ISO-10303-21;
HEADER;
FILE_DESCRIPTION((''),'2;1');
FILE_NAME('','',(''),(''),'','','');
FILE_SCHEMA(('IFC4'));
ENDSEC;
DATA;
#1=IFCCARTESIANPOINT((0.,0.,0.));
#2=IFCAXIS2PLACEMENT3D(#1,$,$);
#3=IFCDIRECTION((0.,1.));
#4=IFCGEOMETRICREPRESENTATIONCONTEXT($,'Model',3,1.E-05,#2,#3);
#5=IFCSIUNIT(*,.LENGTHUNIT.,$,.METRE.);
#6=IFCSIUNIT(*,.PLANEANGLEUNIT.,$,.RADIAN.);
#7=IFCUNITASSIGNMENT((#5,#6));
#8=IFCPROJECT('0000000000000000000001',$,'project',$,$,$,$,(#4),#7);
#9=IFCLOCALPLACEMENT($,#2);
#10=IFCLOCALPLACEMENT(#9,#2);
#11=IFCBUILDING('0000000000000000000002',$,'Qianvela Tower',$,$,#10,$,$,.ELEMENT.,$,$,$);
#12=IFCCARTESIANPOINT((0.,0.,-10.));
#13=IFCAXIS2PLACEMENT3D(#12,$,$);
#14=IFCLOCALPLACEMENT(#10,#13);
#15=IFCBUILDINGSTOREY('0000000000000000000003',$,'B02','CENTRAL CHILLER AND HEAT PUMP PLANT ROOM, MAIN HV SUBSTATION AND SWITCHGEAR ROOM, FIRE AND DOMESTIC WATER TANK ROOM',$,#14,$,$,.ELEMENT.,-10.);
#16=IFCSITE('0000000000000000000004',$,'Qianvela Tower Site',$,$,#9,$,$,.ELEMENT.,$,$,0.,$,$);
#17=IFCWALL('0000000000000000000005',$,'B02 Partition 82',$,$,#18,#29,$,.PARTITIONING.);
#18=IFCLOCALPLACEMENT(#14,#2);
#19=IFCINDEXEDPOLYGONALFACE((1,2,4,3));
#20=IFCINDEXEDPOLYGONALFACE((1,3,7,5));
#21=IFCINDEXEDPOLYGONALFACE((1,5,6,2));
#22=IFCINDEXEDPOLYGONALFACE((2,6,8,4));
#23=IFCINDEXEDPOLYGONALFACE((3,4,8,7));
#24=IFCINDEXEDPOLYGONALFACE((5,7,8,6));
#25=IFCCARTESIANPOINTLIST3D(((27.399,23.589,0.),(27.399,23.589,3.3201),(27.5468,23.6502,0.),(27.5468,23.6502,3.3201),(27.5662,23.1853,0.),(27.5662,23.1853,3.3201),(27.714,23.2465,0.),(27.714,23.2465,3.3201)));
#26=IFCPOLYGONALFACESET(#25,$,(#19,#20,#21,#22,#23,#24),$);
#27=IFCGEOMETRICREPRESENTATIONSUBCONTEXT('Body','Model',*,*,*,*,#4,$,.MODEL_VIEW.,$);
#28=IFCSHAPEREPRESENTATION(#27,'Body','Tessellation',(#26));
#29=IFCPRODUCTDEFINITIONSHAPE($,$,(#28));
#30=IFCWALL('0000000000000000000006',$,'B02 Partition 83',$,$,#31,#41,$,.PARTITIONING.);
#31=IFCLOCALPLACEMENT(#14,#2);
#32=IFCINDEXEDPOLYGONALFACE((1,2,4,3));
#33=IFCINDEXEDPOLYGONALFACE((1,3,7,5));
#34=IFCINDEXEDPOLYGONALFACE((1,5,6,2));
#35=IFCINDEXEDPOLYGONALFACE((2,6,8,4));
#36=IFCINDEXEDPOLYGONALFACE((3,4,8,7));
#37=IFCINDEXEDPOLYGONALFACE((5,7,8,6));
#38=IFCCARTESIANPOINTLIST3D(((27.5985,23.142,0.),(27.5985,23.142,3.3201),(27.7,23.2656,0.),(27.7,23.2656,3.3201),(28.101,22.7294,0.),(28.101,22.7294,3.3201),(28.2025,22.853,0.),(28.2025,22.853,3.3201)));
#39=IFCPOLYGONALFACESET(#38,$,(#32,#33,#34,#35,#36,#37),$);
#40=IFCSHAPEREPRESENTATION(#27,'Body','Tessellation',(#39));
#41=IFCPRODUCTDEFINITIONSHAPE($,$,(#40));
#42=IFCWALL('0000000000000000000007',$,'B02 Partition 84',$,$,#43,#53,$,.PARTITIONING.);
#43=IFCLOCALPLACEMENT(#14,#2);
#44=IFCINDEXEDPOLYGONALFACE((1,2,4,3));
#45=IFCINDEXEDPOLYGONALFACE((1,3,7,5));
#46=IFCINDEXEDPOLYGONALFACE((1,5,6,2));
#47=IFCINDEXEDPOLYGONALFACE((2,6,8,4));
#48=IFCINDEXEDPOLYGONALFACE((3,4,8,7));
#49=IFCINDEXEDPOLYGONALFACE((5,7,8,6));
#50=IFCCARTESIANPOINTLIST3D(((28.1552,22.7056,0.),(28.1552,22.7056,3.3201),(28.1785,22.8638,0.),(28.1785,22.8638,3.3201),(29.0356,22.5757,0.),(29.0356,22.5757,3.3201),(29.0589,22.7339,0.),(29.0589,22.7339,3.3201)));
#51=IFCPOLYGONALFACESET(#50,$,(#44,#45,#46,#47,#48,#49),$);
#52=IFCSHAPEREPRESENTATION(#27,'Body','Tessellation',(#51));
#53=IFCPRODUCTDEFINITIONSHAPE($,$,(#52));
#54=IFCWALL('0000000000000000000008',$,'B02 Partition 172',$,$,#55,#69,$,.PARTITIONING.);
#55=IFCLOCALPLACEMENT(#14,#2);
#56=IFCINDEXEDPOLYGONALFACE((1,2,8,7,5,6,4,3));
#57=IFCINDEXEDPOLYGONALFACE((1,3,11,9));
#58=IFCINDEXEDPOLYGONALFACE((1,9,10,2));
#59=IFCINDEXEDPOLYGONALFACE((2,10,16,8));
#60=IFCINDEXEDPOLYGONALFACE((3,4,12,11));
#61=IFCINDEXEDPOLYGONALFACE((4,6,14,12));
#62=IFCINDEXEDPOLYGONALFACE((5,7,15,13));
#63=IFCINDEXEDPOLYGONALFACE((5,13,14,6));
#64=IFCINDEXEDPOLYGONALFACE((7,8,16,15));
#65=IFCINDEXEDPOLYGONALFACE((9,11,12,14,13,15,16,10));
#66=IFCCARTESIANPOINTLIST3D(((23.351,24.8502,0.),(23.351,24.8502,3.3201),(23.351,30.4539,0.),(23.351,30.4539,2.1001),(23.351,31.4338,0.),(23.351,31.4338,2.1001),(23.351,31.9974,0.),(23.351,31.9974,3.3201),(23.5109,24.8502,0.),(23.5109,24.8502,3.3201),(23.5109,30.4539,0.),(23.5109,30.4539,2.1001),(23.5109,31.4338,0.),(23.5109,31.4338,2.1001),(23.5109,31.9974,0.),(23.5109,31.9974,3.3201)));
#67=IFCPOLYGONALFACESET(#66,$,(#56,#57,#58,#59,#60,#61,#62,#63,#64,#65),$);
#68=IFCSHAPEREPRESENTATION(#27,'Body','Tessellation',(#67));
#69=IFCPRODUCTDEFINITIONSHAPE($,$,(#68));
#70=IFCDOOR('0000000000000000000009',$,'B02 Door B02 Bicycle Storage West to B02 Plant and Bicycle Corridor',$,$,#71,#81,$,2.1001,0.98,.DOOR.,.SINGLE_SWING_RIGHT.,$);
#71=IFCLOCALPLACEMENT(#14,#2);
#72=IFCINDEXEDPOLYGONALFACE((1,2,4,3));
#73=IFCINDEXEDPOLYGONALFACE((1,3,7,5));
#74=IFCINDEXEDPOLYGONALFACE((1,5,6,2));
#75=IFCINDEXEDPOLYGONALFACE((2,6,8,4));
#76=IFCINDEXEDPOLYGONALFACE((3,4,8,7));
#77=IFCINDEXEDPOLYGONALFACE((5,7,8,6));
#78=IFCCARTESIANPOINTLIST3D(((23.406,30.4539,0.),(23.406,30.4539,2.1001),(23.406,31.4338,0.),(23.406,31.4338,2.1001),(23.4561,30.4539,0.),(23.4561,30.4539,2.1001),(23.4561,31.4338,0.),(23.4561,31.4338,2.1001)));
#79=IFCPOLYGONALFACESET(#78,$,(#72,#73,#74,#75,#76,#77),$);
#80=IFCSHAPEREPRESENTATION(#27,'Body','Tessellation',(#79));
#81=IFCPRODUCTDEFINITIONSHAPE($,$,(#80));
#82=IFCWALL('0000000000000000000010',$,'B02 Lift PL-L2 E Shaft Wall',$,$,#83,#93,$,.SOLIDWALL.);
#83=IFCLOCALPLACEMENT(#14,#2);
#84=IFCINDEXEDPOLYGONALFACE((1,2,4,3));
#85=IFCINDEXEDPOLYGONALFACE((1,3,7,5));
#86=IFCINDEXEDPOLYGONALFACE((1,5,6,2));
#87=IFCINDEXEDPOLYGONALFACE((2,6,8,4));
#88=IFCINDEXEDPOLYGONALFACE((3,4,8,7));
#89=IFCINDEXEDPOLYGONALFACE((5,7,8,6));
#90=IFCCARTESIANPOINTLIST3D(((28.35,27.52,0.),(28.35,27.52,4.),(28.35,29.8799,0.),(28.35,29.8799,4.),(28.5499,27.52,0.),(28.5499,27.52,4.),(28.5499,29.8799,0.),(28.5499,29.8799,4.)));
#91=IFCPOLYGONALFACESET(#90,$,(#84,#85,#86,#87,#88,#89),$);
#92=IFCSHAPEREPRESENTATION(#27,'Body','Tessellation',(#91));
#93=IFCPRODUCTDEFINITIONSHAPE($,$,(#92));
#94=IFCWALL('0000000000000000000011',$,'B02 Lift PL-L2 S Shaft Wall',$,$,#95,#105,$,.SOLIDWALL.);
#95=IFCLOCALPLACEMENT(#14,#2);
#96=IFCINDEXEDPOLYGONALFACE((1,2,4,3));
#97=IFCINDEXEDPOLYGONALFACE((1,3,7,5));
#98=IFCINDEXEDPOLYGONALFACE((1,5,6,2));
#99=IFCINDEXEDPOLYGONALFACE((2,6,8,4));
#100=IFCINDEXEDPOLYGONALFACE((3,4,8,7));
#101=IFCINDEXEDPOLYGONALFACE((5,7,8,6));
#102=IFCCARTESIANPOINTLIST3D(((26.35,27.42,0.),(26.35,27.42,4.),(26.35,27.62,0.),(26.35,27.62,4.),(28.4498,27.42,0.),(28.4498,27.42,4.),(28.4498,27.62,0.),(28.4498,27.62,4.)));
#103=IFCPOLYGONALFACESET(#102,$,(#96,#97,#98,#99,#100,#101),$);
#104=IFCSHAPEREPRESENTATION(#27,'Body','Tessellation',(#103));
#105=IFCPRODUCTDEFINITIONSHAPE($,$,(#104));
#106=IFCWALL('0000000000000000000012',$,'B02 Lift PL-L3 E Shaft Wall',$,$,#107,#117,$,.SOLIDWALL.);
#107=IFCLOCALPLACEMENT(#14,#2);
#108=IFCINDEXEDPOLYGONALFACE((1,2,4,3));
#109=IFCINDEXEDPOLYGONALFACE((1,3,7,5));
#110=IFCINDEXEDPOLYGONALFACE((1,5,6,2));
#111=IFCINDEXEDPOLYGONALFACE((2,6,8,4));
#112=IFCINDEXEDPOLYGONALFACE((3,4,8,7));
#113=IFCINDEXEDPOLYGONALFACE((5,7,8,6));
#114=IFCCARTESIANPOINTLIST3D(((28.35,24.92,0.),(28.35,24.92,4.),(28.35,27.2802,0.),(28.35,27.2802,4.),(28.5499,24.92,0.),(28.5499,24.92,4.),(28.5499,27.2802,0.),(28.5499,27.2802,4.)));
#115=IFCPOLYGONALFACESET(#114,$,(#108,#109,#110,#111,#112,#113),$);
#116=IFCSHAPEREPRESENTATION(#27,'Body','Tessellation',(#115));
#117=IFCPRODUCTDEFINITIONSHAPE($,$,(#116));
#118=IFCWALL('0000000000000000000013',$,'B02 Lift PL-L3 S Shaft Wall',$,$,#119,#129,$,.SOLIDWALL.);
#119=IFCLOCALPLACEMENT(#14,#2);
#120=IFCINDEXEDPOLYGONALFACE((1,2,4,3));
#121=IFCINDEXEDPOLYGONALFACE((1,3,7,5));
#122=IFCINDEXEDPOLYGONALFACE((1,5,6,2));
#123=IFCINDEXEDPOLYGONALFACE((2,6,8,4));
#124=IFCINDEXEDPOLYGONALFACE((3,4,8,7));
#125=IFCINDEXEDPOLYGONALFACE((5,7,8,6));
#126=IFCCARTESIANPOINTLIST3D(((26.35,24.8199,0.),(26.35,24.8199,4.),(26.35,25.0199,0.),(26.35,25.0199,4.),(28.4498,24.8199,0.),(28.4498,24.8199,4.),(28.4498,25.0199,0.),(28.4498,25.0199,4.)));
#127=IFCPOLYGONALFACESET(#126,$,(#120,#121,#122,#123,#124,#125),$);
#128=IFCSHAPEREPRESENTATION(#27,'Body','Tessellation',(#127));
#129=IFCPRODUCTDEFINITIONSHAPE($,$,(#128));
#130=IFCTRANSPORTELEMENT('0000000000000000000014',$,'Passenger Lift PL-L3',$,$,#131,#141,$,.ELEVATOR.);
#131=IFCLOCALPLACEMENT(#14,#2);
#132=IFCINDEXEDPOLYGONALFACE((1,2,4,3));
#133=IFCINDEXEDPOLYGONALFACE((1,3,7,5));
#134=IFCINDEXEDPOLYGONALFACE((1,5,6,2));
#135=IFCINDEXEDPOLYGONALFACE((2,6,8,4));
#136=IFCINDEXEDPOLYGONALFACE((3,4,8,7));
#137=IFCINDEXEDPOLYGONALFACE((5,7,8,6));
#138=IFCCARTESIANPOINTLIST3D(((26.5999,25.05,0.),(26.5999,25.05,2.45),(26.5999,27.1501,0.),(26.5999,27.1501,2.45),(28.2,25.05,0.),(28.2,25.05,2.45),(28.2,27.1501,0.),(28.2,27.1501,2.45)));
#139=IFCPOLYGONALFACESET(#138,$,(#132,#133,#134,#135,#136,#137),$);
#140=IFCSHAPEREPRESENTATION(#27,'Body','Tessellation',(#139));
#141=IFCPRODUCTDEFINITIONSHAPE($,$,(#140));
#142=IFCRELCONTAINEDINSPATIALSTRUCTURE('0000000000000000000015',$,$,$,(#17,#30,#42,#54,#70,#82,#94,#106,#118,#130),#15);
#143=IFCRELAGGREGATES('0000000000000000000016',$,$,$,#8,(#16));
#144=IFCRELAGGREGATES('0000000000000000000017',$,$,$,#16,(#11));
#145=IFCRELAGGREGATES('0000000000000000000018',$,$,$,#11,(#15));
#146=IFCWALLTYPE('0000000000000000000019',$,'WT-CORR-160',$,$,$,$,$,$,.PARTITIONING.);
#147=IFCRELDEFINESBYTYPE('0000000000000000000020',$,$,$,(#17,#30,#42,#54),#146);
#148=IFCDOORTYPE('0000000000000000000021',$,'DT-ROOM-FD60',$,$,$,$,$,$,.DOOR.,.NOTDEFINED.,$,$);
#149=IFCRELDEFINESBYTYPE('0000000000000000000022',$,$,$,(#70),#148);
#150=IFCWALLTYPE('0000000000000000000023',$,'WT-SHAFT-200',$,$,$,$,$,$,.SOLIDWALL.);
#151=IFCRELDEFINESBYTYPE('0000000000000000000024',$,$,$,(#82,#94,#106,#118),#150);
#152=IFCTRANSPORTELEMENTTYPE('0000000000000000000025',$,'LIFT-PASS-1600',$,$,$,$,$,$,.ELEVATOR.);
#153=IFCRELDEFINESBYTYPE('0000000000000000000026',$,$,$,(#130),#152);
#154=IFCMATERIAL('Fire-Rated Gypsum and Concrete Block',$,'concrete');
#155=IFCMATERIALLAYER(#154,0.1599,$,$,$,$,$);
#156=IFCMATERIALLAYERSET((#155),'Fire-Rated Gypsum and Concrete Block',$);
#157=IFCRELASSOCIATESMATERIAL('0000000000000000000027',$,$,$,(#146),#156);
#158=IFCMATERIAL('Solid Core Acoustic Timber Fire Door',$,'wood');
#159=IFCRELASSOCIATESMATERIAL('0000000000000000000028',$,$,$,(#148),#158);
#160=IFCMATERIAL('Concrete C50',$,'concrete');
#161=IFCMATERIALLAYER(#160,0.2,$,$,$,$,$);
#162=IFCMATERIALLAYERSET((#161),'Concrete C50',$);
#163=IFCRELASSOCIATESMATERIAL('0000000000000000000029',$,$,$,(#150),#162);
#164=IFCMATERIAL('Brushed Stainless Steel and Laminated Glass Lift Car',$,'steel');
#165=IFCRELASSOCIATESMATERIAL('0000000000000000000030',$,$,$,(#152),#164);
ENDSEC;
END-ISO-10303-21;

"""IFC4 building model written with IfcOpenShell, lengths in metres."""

from ifc_helpers import new_model, si_unit, direction, frame, frame_2d, origin, origin_2d, place, context, subcontext, project, spatial, rectangle, extrude, material, layer, layer_set, type_object, element, fill, save


model = new_model("IFC4")

# Units and contexts
model_context = context("Model", 3, precision=1e-05, world=origin(), true_north=direction((0.0, 1.0)))
body_context = subcontext(model_context, "Body", "Model", "MODEL_VIEW")
ifc_project = project(units=[si_unit("LENGTHUNIT", "METRE"), si_unit("PLANEANGLEUNIT", "RADIAN")], contexts=[model_context])

# Site, building, storey
site_placement = place(None, origin())
site = spatial("IfcSite", under=ifc_project, at=site_placement, Name="Qianvela Tower Site", CompositionType="ELEMENT", RefElevation=0.0)
building_placement = place(site_placement, origin())
building = spatial("IfcBuilding", under=site, at=building_placement, Name="Qianvela Tower", CompositionType="ELEMENT")
storey_placement = place(building_placement, frame((0.0, 0.0, -10.0)))
storey = spatial("IfcBuildingStorey", under=building, at=storey_placement, Name="B02", Description="CENTRAL CHILLER AND HEAT PUMP PLANT ROOM, MAIN HV SUBSTATION AND SWITCHGEAR ROOM, FIRE AND DOMESTIC WATER TANK ROOM", CompositionType="ELEMENT", Elevation=-10.0)

# Walls
ifc_material_1 = material(Name="Fire-Rated Gypsum and Concrete Block", Category="concrete")
ifc_layer_1 = layer(ifc_material_1, 0.1599)
ifc_layer_set_1 = layer_set([ifc_layer_1], Name="Fire-Rated Gypsum and Concrete Block")
wall_type_1 = type_object("IfcWallType", Name="WT-CORR-160", PredefinedType="PARTITIONING", material=ifc_layer_set_1)
wall_1_placement = place(storey_placement, frame((27.4729, 23.6196, 0.0), z_axis=(0.0, 0.0, 1.0), x_axis=(0.382631, -0.923901, 0.0)))
element("IfcWall", 1, at=wall_1_placement, inside=storey, type_object=wall_type_1, Name="B02 Partition 82", PredefinedType="PARTITIONING", context=body_context, shape_type="SweptSolid", body=[
    extrude(rectangle(XDim=0.437, YDim=0.1599, at=frame_2d((0.2185, 0.0))), origin(), (0.0, 0.0, 1.0), 3.3201),
])
wall_2_placement = place(storey_placement, frame((27.6492, 23.2039, 0.0), z_axis=(0.0, 0.0, 1.0), x_axis=(0.772818, -0.634627, 0.0)))
element("IfcWall", 2, at=wall_2_placement, inside=storey, type_object=wall_type_1, Name="B02 Partition 83", PredefinedType="PARTITIONING", context=body_context, shape_type="SweptSolid", body=[
    extrude(rectangle(XDim=0.6501, YDim=0.1599, at=frame_2d((0.3252, 0.0))), origin(), (0.0, 0.0, 1.0), 3.3201),
])
wall_3_placement = place(storey_placement, frame((28.167, 22.7847, 0.0), z_axis=(0.0, 0.0, 1.0), x_axis=(0.989292, -0.145952, 0.0)))
element("IfcWall", 3, at=wall_3_placement, inside=storey, type_object=wall_type_1, Name="B02 Partition 84", PredefinedType="PARTITIONING", context=body_context, shape_type="SweptSolid", body=[
    extrude(rectangle(XDim=0.8899, YDim=0.1599, at=frame_2d((0.4448, 0.0))), origin(), (0.0, 0.0, 1.0), 3.3201),
])

# Wall, opening, door
wall_4_placement = place(storey_placement, frame((23.4309, 24.8501, 0.0), z_axis=(0.0, 0.0, 1.0), x_axis=(0.0, 1.0, 0.0)))
wall_4 = element("IfcWall", 4, at=wall_4_placement, inside=storey, type_object=wall_type_1, Name="B02 Partition 172", PredefinedType="PARTITIONING", context=body_context, shape_type="SweptSolid", body=[
    extrude(rectangle(XDim=7.1472, YDim=0.1599, at=frame_2d((3.5737, 0.0))), origin(), (0.0, 0.0, 1.0), 3.3201),
])
opening_1_placement = place(wall_4_placement, frame((5.6038, 0.0, 0.0)))
opening_1 = element("IfcOpeningElement", 5, at=opening_1_placement, cuts=wall_4, PredefinedType="OPENING", context=body_context, shape_type="SweptSolid", body=[
    extrude(rectangle(XDim=0.98, YDim=2.1001, at=frame_2d((0.49, 1.05))), frame((0.0, 0.0898, 0.0), z_axis=(0.0, -1.0, 0.0), x_axis=(1.0, 0.0, 0.0)), (0.0, 0.0, 1.0), 0.1799),
])
ifc_material_2 = material(Name="Solid Core Acoustic Timber Fire Door", Category="wood")
door_type_1 = type_object("IfcDoorType", Name="DT-ROOM-FD60", OperationType="NOTDEFINED", PredefinedType="DOOR", material=ifc_material_2)
door_1_placement = place(opening_1_placement, origin())
door_1 = element("IfcDoor", 6, at=door_1_placement, inside=storey, type_object=door_type_1, Name="B02 Door B02 Bicycle Storage West to B02 Plant and Bicycle Corridor", OperationType="SINGLE_SWING_RIGHT", OverallHeight=2.1001, OverallWidth=0.98, PredefinedType="DOOR", context=body_context, shape_type="SweptSolid", body=[
    extrude(rectangle(XDim=0.98, YDim=2.1001, at=frame_2d((0.49, 1.05))), frame((0.0, 0.0249, 0.0), z_axis=(0.0, -1.0, 0.0), x_axis=(1.0, 0.0, 0.0)), (0.0, 0.0, 1.0), 0.05),
])
fill(opening_1, door_1)

# Wall
ifc_material_3 = material(Name="Concrete C50", Category="concrete")
ifc_layer_2 = layer(ifc_material_3, 0.2)
ifc_layer_set_2 = layer_set([ifc_layer_2], Name="Concrete C50")
wall_type_2 = type_object("IfcWallType", Name="WT-SHAFT-200", PredefinedType="SOLIDWALL", material=ifc_layer_set_2)
wall_5_placement = place(storey_placement, frame((28.45, 27.52, 0.0), z_axis=(0.0, 0.0, 1.0), x_axis=(0.0, 1.0, 0.0)))
element("IfcWall", 7, at=wall_5_placement, inside=storey, type_object=wall_type_2, Name="B02 Lift PL-L2 E Shaft Wall", PredefinedType="SOLIDWALL", context=body_context, shape_type="SweptSolid", body=[
    extrude(rectangle(XDim=2.3599, YDim=0.2, at=frame_2d((1.1799, 0.0))), origin(), (0.0, 0.0, 1.0), 4.0),
])

# Walls
wall_6_placement = place(storey_placement, frame((26.3501, 27.52, 0.0), z_axis=(0.0, 0.0, 1.0), x_axis=(1.0, 0.0, 0.0)))
element("IfcWall", 8, at=wall_6_placement, inside=storey, type_object=wall_type_2, Name="B02 Lift PL-L2 S Shaft Wall", PredefinedType="SOLIDWALL", context=body_context, shape_type="SweptSolid", body=[
    extrude(rectangle(XDim=2.0999, YDim=0.2, at=frame_2d((1.0498, 0.0))), origin(), (0.0, 0.0, 1.0), 4.0),
])
wall_7_placement = place(storey_placement, frame((28.45, 24.9199, 0.0), z_axis=(0.0, 0.0, 1.0), x_axis=(0.0, 1.0, 0.0)))
element("IfcWall", 9, at=wall_7_placement, inside=storey, type_object=wall_type_2, Name="B02 Lift PL-L3 E Shaft Wall", PredefinedType="SOLIDWALL", context=body_context, shape_type="SweptSolid", body=[
    extrude(rectangle(XDim=2.3601, YDim=0.2, at=frame_2d((1.1802, 0.0))), origin(), (0.0, 0.0, 1.0), 4.0),
])

# Wall
wall_8_placement = place(storey_placement, frame((26.3501, 24.9199, 0.0), z_axis=(0.0, 0.0, 1.0), x_axis=(1.0, 0.0, 0.0)))
element("IfcWall", 10, at=wall_8_placement, inside=storey, type_object=wall_type_2, Name="B02 Lift PL-L3 S Shaft Wall", PredefinedType="SOLIDWALL", context=body_context, shape_type="SweptSolid", body=[
    extrude(rectangle(XDim=2.0999, YDim=0.2, at=frame_2d((1.0498, 0.0))), origin(), (0.0, 0.0, 1.0), 4.0),
])

# Transport element
ifc_material_4 = material(Name="Brushed Stainless Steel and Laminated Glass Lift Car", Category="steel")
transport_element_type = type_object("IfcTransportElementType", Name="LIFT-PASS-1600", PredefinedType="ELEVATOR", material=ifc_material_4)
transport_element_placement = place(storey_placement, frame((27.3999, 26.1001, 0.0), z_axis=(0.0, 0.0, 1.0), x_axis=(1.0, 0.0, 0.0)))
element("IfcTransportElement", 11, at=transport_element_placement, inside=storey, type_object=transport_element_type, Name="Passenger Lift PL-L3", PredefinedType="ELEVATOR", context=body_context, shape_type="SweptSolid", body=[
    extrude(rectangle(XDim=1.6001, YDim=2.1001, at=origin_2d()), origin(), (0.0, 0.0, 1.0), 2.45),
])

save(model, "model.ifc")
